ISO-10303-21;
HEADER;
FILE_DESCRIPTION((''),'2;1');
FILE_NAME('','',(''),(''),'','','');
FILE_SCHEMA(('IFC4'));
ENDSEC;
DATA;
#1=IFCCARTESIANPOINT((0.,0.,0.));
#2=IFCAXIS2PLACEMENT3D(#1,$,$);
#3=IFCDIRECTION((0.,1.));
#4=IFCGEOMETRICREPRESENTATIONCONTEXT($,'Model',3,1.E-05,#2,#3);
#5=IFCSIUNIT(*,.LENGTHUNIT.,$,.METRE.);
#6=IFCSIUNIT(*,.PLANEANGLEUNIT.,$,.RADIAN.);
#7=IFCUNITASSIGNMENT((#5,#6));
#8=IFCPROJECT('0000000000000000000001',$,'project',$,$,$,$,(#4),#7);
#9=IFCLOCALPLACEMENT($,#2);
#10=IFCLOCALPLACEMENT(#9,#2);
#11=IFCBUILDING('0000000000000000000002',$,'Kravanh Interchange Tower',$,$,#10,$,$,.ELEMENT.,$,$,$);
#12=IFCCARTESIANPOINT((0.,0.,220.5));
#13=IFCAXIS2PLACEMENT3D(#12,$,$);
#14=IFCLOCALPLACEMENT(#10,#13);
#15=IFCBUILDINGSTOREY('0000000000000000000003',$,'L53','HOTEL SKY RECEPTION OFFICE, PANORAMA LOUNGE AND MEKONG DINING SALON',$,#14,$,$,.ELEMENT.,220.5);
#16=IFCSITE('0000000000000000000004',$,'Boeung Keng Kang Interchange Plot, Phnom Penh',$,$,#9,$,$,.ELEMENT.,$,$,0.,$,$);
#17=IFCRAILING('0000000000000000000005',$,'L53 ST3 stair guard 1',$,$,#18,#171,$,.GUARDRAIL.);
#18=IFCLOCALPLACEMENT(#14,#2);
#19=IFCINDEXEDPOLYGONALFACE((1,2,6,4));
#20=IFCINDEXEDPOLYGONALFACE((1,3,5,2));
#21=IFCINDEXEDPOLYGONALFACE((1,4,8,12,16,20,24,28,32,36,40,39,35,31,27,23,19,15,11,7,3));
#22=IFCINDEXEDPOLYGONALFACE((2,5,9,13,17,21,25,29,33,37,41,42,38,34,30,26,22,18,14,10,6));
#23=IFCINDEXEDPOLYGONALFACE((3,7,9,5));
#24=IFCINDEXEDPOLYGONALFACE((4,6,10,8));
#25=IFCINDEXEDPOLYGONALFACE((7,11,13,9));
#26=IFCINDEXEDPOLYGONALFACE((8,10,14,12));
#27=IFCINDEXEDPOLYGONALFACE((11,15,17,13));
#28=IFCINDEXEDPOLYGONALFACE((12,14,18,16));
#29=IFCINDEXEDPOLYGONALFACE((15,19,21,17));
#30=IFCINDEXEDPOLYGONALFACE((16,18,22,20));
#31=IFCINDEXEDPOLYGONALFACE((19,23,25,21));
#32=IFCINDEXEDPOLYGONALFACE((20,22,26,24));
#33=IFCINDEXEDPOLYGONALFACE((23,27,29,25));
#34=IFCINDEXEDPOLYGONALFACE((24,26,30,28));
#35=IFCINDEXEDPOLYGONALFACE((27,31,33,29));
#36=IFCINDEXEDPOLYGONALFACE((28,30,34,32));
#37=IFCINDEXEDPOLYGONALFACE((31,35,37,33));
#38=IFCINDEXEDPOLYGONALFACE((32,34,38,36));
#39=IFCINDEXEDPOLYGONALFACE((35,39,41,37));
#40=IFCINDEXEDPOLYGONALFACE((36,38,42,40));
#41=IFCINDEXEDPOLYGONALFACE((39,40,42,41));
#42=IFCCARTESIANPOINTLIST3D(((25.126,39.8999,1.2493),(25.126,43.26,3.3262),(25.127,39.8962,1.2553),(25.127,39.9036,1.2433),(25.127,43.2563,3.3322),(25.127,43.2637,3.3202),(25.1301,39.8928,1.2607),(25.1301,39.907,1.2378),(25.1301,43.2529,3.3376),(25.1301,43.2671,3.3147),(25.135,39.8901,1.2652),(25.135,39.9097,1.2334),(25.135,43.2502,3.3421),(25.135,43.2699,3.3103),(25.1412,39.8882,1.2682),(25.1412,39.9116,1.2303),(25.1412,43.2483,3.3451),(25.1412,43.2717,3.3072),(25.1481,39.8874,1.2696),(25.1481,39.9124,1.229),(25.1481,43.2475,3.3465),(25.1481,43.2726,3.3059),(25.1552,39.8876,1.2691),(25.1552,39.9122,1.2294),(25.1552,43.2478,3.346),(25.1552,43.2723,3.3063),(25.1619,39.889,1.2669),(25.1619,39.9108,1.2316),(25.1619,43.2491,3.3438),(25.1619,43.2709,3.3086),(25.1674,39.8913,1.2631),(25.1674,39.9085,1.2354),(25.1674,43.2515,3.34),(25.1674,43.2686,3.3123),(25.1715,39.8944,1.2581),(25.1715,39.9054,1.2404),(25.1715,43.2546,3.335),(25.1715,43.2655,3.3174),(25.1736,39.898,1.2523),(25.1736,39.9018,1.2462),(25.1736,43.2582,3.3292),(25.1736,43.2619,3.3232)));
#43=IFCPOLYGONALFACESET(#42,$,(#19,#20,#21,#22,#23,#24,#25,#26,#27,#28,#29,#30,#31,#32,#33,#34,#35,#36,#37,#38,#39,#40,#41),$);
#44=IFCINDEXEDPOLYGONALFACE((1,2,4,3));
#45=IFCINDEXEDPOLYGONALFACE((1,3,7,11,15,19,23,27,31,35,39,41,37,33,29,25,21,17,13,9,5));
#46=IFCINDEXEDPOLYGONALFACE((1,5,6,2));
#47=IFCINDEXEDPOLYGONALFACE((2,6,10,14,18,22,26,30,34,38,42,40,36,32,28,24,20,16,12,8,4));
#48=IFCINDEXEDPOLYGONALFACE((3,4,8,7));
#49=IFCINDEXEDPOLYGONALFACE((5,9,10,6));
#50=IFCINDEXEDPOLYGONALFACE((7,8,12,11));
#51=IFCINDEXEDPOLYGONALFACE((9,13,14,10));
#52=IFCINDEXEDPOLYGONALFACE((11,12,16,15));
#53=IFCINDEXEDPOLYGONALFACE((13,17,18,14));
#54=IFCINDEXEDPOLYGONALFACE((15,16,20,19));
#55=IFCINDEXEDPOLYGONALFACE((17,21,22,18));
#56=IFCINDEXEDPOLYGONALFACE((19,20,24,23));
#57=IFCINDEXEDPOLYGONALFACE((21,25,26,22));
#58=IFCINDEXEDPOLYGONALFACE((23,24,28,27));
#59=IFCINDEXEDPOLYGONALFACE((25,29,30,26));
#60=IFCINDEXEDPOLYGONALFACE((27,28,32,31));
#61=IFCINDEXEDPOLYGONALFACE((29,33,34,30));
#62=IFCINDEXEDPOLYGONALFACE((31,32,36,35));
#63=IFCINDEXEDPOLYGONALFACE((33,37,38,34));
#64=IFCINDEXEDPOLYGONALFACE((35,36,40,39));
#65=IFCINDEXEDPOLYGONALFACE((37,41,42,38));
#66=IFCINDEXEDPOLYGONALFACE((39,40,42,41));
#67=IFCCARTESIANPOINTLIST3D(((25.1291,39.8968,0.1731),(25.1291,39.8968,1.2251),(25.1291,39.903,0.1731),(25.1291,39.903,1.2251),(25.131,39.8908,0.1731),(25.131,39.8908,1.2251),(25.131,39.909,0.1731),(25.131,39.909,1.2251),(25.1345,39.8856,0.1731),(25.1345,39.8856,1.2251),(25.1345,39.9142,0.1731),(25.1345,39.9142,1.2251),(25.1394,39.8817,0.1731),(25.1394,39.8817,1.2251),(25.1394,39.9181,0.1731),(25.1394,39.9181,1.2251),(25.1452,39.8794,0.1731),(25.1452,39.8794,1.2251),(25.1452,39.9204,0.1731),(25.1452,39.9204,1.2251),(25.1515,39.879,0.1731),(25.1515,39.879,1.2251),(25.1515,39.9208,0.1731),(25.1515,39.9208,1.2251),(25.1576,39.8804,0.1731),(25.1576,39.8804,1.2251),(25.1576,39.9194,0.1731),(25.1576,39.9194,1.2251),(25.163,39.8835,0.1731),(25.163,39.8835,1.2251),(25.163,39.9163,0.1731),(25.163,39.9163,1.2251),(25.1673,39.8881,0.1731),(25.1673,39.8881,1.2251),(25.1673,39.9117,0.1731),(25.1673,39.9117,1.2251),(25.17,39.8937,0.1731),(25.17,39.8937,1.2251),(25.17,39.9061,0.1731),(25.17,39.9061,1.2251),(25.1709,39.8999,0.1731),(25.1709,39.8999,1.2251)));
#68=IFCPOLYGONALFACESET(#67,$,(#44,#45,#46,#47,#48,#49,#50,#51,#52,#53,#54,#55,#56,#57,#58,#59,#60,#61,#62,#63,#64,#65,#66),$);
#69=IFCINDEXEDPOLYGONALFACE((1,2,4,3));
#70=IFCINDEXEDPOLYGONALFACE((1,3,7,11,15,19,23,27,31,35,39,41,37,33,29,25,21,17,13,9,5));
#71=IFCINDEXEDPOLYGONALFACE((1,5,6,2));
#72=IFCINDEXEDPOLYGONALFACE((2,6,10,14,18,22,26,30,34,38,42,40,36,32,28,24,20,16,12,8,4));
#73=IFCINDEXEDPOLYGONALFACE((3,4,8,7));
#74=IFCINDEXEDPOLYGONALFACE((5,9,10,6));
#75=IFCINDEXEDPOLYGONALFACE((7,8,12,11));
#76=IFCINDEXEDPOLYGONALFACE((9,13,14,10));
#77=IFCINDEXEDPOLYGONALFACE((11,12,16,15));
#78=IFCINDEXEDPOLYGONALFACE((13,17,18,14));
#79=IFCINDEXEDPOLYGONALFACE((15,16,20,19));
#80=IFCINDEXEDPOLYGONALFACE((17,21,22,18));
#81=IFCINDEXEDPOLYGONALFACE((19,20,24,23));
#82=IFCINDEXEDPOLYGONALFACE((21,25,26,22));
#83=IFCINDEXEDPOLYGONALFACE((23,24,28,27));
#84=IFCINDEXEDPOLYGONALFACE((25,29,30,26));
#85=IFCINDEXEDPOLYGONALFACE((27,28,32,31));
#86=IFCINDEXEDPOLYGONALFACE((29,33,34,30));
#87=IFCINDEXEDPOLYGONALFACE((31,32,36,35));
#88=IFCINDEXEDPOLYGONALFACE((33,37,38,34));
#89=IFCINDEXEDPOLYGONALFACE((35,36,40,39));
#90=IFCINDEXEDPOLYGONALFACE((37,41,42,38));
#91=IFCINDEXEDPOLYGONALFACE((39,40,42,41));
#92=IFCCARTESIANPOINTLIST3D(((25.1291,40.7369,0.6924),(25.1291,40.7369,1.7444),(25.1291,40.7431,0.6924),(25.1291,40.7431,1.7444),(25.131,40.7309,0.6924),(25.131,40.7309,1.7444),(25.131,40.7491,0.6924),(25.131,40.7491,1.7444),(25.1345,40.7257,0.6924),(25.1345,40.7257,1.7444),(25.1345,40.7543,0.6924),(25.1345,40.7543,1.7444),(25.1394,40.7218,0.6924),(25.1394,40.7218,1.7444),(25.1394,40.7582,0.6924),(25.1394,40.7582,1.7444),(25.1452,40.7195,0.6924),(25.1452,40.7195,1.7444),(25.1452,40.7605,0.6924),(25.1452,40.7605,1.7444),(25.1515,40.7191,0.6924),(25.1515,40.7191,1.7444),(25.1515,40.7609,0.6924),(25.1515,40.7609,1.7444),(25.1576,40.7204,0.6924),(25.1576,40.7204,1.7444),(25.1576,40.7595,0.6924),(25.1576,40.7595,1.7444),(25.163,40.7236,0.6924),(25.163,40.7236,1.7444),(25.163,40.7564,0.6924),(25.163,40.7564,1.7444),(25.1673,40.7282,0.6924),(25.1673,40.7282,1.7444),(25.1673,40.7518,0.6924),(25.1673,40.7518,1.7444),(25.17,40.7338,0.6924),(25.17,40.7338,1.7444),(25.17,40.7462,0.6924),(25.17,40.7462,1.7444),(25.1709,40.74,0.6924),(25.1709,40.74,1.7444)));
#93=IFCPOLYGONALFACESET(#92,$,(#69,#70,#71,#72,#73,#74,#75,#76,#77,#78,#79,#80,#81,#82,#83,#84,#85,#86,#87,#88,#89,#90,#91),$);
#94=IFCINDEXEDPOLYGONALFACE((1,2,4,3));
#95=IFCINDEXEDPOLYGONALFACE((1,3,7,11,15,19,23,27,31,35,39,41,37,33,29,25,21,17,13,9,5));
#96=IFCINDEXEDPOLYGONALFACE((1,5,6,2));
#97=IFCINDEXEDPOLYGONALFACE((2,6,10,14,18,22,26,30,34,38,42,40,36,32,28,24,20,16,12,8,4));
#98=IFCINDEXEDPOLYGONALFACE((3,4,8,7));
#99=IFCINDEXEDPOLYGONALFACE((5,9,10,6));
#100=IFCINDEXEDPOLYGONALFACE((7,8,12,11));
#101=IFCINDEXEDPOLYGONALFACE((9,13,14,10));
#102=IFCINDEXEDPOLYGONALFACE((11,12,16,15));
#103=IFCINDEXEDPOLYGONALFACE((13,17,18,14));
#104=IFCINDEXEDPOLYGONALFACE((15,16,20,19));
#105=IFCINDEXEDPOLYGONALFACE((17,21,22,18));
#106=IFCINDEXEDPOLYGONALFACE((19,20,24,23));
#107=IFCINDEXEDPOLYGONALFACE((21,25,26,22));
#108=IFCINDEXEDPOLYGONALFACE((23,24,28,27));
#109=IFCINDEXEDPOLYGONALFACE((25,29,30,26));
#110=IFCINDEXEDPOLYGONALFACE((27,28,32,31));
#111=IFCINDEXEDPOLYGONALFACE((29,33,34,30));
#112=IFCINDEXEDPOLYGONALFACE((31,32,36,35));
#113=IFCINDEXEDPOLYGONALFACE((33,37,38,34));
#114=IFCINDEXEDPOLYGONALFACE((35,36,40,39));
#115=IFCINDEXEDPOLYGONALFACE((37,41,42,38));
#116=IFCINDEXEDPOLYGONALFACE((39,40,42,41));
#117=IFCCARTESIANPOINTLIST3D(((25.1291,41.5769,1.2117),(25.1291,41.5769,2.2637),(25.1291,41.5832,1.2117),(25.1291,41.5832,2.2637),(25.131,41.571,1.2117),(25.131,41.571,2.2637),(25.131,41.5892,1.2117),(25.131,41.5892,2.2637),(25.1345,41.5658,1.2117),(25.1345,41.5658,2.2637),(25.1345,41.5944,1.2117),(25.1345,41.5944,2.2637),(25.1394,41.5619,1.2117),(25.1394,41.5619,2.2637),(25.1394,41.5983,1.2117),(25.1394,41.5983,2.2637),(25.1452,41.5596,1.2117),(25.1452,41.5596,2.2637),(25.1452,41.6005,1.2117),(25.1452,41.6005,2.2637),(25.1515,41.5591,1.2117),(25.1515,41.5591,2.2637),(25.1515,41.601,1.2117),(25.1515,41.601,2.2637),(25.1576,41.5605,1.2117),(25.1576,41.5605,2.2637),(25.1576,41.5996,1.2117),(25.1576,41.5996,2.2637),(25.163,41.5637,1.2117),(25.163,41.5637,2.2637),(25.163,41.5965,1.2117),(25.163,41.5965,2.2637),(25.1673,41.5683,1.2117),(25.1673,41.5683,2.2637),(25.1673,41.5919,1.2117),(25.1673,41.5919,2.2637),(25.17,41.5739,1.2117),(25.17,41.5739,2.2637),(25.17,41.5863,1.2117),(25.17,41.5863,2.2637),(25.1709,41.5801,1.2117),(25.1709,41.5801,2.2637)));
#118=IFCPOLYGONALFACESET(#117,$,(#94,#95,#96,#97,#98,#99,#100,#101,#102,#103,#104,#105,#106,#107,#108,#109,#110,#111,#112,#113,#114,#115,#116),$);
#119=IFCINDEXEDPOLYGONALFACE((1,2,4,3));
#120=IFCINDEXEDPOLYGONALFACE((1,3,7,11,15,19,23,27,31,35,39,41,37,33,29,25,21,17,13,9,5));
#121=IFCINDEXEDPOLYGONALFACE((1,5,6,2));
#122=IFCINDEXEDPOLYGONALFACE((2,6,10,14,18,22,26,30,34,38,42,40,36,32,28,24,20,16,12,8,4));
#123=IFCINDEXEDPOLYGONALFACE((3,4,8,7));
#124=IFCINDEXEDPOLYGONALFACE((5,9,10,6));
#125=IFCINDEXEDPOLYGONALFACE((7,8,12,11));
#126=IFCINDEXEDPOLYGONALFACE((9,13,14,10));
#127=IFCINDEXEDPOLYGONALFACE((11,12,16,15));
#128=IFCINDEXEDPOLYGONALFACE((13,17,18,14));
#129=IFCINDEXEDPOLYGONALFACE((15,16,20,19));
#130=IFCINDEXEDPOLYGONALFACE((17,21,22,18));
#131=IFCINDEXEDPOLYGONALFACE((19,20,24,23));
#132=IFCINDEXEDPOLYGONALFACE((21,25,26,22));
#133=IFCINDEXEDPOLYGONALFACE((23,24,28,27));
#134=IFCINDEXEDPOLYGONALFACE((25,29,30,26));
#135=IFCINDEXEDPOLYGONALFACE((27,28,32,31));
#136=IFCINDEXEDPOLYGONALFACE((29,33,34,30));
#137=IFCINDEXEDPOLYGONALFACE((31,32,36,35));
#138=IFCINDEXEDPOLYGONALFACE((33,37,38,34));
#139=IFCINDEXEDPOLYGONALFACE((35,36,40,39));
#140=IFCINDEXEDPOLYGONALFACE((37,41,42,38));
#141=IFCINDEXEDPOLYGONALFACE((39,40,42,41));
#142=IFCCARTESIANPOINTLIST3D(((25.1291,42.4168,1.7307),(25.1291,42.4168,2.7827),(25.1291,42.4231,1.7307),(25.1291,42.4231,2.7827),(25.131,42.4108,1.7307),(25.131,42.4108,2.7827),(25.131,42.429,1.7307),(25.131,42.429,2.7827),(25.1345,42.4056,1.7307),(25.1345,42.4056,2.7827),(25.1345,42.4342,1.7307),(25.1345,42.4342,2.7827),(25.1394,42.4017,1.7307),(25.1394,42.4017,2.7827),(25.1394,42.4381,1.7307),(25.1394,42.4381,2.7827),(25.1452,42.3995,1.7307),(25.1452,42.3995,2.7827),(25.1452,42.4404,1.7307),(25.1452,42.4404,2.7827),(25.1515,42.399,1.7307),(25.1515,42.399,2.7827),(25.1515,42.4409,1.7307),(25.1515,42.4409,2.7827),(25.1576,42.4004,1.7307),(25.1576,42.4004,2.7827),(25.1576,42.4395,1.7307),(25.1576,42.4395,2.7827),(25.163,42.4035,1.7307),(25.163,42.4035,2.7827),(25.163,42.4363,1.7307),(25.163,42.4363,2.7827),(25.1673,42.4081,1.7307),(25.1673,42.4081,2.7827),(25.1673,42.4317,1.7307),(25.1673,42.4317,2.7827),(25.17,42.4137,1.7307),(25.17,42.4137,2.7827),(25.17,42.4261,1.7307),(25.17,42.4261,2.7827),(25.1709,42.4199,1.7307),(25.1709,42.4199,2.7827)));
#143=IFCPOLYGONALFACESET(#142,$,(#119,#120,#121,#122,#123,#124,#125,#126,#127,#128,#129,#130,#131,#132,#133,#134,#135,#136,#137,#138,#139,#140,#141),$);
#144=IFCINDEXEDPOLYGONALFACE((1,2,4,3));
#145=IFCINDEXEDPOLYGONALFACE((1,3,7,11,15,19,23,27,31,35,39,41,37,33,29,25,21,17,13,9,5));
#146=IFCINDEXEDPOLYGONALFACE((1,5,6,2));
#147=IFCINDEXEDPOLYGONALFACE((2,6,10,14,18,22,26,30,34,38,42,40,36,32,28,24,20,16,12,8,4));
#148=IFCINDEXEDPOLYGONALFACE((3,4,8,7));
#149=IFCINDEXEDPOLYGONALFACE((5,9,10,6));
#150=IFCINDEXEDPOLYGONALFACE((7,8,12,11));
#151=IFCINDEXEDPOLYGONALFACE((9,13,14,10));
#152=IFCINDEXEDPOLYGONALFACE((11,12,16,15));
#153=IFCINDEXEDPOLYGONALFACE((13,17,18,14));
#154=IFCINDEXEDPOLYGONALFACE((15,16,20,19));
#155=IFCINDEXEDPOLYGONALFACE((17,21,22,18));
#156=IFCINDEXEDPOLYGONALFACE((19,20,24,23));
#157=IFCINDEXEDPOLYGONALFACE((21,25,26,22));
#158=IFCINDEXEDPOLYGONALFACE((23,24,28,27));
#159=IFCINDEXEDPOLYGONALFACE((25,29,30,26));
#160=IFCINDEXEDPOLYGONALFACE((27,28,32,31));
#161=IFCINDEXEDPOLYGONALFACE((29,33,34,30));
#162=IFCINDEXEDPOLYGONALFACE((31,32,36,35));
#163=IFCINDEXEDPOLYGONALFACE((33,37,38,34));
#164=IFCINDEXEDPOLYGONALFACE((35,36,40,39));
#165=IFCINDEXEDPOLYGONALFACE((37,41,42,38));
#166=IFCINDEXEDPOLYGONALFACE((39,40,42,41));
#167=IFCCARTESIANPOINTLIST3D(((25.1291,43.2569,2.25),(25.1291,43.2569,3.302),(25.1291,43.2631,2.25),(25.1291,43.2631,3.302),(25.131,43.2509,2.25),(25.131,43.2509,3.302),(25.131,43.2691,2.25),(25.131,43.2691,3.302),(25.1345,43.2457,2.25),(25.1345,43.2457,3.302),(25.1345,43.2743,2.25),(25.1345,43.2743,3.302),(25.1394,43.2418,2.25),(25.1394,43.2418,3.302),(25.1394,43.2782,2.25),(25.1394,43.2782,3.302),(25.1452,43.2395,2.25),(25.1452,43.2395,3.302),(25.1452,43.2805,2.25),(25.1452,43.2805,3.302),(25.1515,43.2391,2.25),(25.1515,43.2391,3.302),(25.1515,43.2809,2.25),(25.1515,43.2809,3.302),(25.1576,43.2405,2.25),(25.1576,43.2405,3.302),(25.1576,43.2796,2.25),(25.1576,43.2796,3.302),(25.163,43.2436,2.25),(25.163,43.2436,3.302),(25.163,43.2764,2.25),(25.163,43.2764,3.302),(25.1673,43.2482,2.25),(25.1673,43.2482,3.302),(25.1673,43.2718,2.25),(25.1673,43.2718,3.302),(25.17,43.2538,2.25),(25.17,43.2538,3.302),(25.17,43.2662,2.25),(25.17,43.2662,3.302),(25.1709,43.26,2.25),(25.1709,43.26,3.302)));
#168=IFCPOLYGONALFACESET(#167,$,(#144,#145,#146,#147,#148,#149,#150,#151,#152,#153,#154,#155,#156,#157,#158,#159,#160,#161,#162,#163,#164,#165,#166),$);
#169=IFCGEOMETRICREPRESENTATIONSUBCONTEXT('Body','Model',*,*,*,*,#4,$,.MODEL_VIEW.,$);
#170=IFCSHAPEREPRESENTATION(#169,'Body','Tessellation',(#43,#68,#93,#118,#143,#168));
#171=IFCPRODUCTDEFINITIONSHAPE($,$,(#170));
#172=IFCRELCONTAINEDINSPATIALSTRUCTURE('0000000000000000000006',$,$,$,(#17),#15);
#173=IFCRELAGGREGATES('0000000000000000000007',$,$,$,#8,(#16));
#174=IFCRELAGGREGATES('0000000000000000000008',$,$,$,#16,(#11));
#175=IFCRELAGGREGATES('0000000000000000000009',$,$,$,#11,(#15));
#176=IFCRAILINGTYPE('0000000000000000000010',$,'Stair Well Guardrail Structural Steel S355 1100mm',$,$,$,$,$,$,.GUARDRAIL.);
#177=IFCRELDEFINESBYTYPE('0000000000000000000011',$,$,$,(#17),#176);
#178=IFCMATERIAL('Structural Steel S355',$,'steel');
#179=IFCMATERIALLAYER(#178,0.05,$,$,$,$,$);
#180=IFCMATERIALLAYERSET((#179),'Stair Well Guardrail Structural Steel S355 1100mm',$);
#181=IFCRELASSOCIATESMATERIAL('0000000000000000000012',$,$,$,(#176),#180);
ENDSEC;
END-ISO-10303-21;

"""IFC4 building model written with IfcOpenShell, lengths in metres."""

from ifc_helpers import new_model, si_unit, direction, frame, origin, origin_2d, place, context, subcontext, project, spatial, circle, extrude, material, layer, layer_set, type_object, element, save


model = new_model("IFC4")

# Units and contexts
model_context = context("Model", 3, precision=1e-05, world=origin(), true_north=direction((0.0, 1.0)))
body_context = subcontext(model_context, "Body", "Model", "MODEL_VIEW")
ifc_project = project(units=[si_unit("LENGTHUNIT", "METRE"), si_unit("PLANEANGLEUNIT", "RADIAN")], contexts=[model_context])

# Site, building, storey
site_placement = place(None, origin())
site = spatial("IfcSite", under=ifc_project, at=site_placement, Name="Boeung Keng Kang Interchange Plot, Phnom Penh", CompositionType="ELEMENT", RefElevation=0.0)
building_placement = place(site_placement, origin())
building = spatial("IfcBuilding", under=site, at=building_placement, Name="Kravanh Interchange Tower", CompositionType="ELEMENT")
storey_placement = place(building_placement, frame((0.0, 0.0, 220.5)))
storey = spatial("IfcBuildingStorey", under=building, at=storey_placement, Name="L53", Description="HOTEL SKY RECEPTION OFFICE, PANORAMA LOUNGE AND MEKONG DINING SALON", CompositionType="ELEMENT", Elevation=220.5)

# Railing
ifc_material_1 = material(Name="Structural Steel S355", Category="steel")
ifc_layer_1 = layer(ifc_material_1, 0.05)
ifc_layer_set_1 = layer_set([ifc_layer_1], Name="Stair Well Guardrail Structural Steel S355 1100mm")
railing_type_1 = type_object("IfcRailingType", Name="Stair Well Guardrail Structural Steel S355 1100mm", PredefinedType="GUARDRAIL", material=ifc_layer_set_1)
railing_1_placement = place(storey_placement, frame((25.1499, 39.8999, 0.1731)))
element("IfcRailing", 1, at=railing_1_placement, inside=storey, type_object=railing_type_1, Name="L53 ST3 stair guard 1", PredefinedType="GUARDRAIL", context=body_context, shape_type="SweptSolid", body=[
    extrude(circle(Radius=0.0239, at=origin_2d()), frame((0.0, 0.0, 1.0762), z_axis=(0.0, 0.850623, 0.525776), x_axis=(-1.0, 0.0, 0.0)), (0.0, 0.0, 1.0), 3.9502),
    extrude(circle(Radius=0.021, at=origin_2d()), origin(), (0.0, 0.0, 1.0), 1.052),
    extrude(circle(Radius=0.021, at=origin_2d()), frame((0.0, 0.8401, 0.5193)), (0.0, 0.0, 1.0), 1.052),
    extrude(circle(Radius=0.021, at=origin_2d()), frame((0.0, 1.6802, 1.0386)), (0.0, 0.0, 1.0), 1.052),
    extrude(circle(Radius=0.021, at=origin_2d()), frame((0.0, 2.52, 1.5576)), (0.0, 0.0, 1.0), 1.052),
    extrude(circle(Radius=0.021, at=origin_2d()), frame((0.0, 3.3601, 2.0769)), (0.0, 0.0, 1.0), 1.052),
])

save(model, "model.ifc")
